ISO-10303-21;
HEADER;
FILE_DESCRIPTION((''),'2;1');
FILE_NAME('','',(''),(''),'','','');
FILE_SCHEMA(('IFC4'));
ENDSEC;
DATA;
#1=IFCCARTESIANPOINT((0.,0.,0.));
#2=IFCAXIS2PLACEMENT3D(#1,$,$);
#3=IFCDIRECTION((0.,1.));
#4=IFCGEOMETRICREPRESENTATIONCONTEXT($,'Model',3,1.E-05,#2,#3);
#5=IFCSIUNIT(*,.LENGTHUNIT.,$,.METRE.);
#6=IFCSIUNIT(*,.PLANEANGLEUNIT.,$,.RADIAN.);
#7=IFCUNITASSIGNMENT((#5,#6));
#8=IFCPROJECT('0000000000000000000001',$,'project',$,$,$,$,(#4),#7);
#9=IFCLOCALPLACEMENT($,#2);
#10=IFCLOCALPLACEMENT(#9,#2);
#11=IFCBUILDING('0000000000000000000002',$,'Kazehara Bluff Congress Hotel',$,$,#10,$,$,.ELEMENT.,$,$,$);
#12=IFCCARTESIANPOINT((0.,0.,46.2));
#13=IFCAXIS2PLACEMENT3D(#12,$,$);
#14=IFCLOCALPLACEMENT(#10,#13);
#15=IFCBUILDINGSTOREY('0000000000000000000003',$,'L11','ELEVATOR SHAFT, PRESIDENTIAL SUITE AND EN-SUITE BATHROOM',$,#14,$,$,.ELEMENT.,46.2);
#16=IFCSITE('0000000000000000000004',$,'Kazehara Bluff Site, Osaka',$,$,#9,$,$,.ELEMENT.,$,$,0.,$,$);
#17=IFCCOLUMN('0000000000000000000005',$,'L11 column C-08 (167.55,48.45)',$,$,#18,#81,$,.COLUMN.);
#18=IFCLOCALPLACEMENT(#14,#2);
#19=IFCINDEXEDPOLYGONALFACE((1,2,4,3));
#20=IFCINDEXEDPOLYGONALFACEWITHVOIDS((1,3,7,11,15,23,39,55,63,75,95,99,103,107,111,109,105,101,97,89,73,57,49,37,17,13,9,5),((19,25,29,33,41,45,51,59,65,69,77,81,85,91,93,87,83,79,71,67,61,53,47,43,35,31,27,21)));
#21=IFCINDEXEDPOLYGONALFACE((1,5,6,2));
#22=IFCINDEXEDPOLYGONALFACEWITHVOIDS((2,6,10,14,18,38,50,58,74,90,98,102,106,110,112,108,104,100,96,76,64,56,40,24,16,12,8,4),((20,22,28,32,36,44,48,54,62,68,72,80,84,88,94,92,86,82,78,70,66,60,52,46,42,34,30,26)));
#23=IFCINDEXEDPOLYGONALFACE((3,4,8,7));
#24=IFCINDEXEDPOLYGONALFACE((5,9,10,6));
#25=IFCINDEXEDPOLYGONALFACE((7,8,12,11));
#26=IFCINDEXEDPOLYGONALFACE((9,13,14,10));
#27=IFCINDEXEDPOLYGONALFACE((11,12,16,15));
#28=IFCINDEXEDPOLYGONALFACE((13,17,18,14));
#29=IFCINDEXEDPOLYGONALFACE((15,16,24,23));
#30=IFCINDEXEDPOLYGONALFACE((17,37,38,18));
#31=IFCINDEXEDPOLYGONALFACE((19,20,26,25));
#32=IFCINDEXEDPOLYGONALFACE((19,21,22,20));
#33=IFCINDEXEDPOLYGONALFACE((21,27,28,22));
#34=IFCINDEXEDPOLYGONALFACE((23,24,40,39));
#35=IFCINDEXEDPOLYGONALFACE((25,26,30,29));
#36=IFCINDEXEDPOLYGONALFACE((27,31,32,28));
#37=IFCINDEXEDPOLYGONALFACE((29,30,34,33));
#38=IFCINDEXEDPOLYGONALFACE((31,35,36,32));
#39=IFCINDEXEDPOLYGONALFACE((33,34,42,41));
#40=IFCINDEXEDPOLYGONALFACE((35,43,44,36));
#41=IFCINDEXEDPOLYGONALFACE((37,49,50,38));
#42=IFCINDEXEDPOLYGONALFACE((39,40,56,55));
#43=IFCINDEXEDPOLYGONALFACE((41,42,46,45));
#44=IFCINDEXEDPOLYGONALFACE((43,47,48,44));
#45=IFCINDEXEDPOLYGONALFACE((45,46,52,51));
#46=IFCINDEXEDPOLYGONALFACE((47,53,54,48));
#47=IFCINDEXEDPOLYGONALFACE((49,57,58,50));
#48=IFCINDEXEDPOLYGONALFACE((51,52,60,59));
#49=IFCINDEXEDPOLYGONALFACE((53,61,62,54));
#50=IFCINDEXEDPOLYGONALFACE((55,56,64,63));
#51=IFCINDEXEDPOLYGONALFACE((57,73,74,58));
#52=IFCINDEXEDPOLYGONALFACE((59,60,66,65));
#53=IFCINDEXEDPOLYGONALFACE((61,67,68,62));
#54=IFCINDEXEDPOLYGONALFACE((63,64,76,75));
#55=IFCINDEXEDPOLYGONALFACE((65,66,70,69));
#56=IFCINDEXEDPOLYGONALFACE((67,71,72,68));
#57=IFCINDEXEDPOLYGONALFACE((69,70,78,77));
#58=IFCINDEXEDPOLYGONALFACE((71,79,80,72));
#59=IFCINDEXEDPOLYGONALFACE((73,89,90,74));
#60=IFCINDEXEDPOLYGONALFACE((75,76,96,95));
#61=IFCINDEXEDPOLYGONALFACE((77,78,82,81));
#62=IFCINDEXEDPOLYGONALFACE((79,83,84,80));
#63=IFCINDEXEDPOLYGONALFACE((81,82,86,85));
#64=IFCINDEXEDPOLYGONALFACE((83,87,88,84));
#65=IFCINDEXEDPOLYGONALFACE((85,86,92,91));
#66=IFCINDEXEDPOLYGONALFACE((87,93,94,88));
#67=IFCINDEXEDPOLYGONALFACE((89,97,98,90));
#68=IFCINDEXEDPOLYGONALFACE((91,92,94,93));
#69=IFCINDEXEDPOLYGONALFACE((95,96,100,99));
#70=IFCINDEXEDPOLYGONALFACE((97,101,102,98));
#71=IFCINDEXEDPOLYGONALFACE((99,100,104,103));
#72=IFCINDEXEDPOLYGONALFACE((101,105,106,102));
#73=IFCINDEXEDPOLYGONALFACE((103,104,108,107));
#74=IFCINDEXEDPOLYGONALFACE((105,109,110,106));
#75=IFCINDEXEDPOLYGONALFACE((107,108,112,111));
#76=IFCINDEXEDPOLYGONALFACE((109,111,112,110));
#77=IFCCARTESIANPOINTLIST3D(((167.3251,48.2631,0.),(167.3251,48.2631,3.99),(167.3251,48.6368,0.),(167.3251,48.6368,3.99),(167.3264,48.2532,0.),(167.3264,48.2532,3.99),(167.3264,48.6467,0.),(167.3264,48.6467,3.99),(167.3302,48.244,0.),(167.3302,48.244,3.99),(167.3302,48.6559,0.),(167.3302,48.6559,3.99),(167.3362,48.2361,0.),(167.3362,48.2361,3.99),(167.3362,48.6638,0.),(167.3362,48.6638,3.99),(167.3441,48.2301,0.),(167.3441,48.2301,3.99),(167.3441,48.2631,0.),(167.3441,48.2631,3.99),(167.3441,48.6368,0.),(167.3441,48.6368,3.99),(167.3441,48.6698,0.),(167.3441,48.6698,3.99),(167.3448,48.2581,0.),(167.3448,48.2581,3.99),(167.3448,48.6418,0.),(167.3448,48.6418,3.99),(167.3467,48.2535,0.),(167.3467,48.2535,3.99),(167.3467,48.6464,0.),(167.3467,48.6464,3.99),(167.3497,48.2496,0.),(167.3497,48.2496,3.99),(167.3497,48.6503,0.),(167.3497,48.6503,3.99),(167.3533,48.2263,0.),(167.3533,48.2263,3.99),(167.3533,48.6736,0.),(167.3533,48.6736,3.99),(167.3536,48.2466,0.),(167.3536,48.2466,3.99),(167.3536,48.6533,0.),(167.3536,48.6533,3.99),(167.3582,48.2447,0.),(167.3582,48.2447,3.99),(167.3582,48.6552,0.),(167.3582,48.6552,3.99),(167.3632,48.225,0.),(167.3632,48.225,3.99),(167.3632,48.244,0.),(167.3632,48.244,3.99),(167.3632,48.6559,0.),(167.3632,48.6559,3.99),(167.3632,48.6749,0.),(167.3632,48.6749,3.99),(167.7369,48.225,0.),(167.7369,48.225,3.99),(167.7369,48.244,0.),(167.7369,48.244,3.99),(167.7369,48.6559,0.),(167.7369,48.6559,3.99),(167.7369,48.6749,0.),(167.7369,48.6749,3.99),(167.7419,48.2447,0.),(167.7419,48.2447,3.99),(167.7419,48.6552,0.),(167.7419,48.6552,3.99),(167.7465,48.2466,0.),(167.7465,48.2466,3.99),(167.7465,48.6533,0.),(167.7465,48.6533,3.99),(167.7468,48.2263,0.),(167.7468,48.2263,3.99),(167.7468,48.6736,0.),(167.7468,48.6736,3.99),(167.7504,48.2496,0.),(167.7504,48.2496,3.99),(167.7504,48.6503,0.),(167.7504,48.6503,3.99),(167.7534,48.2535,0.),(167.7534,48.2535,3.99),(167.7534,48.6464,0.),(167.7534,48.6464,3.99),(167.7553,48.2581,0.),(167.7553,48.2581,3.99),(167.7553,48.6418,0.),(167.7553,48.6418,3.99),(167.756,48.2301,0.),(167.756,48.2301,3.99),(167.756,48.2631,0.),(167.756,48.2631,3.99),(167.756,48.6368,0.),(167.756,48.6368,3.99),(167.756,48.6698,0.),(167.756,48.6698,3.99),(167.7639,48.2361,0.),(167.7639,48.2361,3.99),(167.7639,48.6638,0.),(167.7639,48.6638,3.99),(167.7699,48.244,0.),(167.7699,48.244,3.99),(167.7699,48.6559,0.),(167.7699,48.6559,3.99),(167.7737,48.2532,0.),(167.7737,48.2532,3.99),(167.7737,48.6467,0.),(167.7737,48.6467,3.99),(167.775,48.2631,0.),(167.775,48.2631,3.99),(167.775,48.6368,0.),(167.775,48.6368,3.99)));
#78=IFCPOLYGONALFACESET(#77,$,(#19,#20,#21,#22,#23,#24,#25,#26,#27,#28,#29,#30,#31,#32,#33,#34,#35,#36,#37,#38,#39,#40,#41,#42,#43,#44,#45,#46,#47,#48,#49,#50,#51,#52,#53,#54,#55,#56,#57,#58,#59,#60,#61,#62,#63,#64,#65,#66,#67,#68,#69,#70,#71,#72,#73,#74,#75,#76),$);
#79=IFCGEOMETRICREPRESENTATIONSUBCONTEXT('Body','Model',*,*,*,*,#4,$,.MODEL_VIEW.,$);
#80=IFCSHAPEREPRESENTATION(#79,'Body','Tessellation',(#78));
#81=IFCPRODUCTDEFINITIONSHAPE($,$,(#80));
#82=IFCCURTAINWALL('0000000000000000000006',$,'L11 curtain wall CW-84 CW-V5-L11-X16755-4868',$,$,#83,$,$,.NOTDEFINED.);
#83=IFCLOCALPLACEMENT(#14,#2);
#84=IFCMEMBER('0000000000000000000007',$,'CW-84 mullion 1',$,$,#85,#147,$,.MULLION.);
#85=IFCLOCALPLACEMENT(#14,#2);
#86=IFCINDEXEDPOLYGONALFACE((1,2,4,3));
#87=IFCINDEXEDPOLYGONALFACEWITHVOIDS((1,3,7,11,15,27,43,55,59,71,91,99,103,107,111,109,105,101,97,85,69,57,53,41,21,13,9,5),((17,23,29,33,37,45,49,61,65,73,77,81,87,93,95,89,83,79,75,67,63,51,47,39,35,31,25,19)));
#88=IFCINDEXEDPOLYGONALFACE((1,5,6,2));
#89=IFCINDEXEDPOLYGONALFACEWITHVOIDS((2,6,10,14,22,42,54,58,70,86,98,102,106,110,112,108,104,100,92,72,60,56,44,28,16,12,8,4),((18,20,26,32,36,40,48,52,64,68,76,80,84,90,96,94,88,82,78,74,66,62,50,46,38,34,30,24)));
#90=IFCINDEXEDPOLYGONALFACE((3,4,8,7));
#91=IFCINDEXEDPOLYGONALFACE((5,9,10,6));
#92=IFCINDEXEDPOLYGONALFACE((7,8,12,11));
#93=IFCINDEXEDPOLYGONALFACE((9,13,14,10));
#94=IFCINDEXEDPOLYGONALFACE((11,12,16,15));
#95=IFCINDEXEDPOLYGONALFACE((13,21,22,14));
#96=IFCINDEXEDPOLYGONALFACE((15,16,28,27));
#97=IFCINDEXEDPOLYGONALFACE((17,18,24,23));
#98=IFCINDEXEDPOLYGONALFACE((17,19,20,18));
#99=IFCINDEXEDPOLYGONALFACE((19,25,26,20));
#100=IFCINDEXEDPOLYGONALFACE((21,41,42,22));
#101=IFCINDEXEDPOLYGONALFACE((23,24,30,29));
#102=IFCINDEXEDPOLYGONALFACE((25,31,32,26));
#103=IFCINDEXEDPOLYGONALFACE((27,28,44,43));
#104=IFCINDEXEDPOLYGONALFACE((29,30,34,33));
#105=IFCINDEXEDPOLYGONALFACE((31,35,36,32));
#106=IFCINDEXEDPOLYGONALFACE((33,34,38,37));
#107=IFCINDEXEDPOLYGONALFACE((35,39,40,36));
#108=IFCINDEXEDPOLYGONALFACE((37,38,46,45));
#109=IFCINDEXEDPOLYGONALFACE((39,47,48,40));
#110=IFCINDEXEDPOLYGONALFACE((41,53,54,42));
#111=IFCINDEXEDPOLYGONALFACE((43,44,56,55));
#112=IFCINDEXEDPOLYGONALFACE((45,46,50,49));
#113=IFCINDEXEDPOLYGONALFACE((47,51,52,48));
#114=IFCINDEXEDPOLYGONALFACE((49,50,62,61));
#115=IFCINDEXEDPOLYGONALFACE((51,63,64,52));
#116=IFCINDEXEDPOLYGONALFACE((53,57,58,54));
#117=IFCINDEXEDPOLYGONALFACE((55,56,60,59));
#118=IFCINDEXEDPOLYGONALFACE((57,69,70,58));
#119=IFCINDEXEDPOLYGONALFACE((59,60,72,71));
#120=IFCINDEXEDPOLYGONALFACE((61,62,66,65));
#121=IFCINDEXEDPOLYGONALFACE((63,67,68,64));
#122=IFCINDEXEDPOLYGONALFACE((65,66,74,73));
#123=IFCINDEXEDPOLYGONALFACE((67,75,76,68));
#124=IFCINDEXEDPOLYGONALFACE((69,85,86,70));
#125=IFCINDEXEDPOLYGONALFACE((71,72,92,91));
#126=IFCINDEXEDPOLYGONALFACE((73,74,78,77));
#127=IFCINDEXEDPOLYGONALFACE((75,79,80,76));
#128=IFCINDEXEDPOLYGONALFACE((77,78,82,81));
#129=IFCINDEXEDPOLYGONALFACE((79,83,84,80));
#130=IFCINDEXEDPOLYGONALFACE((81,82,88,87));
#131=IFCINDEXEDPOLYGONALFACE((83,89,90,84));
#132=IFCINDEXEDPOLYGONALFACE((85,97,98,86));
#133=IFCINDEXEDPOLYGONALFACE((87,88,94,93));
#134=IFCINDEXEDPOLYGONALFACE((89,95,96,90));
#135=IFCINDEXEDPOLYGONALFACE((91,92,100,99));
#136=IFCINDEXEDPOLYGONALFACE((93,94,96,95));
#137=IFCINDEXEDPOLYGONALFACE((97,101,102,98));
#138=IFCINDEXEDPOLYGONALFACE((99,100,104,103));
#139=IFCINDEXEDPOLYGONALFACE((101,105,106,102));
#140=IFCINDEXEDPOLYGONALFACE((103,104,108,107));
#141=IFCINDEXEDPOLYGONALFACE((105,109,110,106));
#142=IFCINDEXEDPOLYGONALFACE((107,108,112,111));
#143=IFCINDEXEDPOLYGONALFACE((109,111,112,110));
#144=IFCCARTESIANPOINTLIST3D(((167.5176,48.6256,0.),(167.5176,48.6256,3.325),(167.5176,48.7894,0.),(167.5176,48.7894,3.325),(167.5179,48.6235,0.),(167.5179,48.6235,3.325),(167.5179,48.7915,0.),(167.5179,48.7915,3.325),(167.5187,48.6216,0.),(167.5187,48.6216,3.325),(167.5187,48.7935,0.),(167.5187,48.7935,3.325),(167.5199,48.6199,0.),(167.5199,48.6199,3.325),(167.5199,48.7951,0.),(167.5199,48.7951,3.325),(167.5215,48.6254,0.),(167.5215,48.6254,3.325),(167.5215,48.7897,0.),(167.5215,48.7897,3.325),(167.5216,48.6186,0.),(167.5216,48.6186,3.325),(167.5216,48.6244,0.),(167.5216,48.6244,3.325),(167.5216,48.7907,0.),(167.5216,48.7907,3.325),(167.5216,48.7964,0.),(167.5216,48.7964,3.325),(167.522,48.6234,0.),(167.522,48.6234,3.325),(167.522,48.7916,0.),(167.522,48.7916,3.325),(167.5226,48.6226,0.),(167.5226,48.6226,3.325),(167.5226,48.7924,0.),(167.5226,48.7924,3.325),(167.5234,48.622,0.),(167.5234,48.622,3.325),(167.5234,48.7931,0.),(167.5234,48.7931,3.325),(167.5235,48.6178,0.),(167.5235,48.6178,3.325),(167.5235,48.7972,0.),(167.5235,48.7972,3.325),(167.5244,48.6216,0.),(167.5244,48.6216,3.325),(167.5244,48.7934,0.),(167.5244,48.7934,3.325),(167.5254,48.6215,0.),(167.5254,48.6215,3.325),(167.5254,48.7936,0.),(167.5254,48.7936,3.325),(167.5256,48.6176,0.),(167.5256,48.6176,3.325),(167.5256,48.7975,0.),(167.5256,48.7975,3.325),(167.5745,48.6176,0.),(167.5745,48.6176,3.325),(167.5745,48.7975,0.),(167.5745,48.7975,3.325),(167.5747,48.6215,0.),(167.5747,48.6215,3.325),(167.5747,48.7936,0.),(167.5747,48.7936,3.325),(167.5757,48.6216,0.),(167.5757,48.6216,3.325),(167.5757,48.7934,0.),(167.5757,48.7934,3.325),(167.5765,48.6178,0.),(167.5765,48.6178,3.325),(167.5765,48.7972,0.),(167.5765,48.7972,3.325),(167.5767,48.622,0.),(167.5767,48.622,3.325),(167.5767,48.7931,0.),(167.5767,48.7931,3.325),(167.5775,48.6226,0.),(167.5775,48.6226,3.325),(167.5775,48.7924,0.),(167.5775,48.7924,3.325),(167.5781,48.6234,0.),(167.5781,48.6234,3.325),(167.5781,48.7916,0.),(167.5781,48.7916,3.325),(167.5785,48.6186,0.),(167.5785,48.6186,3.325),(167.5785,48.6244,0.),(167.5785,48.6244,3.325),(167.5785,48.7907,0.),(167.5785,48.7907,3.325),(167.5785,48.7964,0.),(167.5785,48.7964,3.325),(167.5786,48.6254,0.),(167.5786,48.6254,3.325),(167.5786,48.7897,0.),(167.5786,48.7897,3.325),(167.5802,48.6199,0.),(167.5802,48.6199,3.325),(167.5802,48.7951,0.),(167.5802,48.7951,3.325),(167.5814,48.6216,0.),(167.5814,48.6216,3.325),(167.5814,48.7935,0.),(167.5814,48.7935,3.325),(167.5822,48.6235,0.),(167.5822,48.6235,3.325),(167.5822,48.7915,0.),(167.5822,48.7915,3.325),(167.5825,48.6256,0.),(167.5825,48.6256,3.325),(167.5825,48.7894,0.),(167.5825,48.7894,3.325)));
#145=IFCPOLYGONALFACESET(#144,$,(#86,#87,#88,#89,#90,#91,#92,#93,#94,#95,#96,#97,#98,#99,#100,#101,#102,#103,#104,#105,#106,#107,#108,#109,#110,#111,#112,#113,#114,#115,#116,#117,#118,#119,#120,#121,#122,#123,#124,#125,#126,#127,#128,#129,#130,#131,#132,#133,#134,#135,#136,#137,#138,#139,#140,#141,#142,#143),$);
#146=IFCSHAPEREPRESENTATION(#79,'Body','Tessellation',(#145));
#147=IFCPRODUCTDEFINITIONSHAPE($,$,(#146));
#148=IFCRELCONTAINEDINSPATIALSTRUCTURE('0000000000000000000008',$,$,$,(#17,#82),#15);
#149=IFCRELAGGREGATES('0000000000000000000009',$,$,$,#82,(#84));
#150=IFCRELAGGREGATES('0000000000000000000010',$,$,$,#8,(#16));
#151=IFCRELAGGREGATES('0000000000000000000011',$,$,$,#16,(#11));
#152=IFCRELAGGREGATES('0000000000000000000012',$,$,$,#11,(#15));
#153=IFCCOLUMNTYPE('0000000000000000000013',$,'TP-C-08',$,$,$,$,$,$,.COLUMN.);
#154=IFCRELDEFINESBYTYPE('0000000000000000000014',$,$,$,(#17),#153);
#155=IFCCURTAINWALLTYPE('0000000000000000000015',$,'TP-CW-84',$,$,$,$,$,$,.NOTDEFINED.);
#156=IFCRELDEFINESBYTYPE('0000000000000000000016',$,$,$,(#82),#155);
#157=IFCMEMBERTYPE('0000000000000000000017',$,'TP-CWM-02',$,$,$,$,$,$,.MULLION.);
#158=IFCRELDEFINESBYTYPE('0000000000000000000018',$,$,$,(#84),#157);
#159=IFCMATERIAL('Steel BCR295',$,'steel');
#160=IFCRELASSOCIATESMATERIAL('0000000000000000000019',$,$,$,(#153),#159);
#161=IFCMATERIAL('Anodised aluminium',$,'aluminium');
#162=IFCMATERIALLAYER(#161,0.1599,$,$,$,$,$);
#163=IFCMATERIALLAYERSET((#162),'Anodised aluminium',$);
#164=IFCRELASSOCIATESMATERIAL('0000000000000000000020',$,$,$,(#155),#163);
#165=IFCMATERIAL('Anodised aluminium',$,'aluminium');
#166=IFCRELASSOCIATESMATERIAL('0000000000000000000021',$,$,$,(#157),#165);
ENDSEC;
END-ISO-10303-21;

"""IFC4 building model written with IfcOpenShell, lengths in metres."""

from ifc_helpers import new_model, si_unit, direction, frame, origin, origin_2d, place, context, subcontext, project, spatial, hollow_rectangle, extrude, material, layer, layer_set, material_profile, profile_set, type_object, element, aggregate, save


model = new_model("IFC4")

# Units and contexts
model_context = context("Model", 3, precision=1e-05, world=origin(), true_north=direction((0.0, 1.0)))
body_context = subcontext(model_context, "Body", "Model", "MODEL_VIEW")
ifc_project = project(units=[si_unit("LENGTHUNIT", "METRE"), si_unit("PLANEANGLEUNIT", "RADIAN")], contexts=[model_context])

# Site, building, storey
site_placement = place(None, origin())
site = spatial("IfcSite", under=ifc_project, at=site_placement, Name="Kazehara Bluff Site, Osaka", CompositionType="ELEMENT", RefElevation=0.0)
building_placement = place(site_placement, origin())
building = spatial("IfcBuilding", under=site, at=building_placement, Name="Kazehara Bluff Congress Hotel", CompositionType="ELEMENT")
storey_placement = place(building_placement, frame((0.0, 0.0, 46.2)))
storey = spatial("IfcBuildingStorey", under=building, at=storey_placement, Name="L11", Description="ELEVATOR SHAFT, PRESIDENTIAL SUITE AND EN-SUITE BATHROOM", CompositionType="ELEMENT", Elevation=46.2)

# Column
ifc_material_1 = material(Name="Steel BCR295", Category="steel")
ifc_material_profile_1 = material_profile(ifc_material_1, hollow_rectangle(XDim=0.45, YDim=0.45, WallThickness=0.019, InnerFilletRadius=0.019, OuterFilletRadius=0.0381, at=origin_2d()))
ifc_profile_set_1 = profile_set([ifc_material_profile_1], Name="Steel BCR295")
column_type = type_object("IfcColumnType", Name="TP-C-08", PredefinedType="COLUMN", material=ifc_profile_set_1)
column_placement = place(storey_placement, frame((167.55, 48.45, 0.0), z_axis=(0.0, 0.0, 1.0), x_axis=(1.0, 0.0, 0.0)))
element("IfcColumn", 1, at=column_placement, inside=storey, type_object=column_type, Name="L11 column C-08 (167.55,48.45)", PredefinedType="COLUMN", context=body_context, shape_type="SweptSolid", body=[
    extrude(hollow_rectangle(XDim=0.45, YDim=0.45, WallThickness=0.019, InnerFilletRadius=0.019, OuterFilletRadius=0.0381, at=origin_2d()), origin(), (0.0, 0.0, 1.0), 3.99),
])

# Curtain wall, member
ifc_material_2 = material(Name="Anodised aluminium", Category="aluminium")
ifc_layer_1 = layer(ifc_material_2, 0.1599)
ifc_layer_set_1 = layer_set([ifc_layer_1], Name="Anodised aluminium")
curtain_wall_type = type_object("IfcCurtainWallType", Name="TP-CW-84", PredefinedType="NOTDEFINED", material=ifc_layer_set_1)
curtain_wall_placement = place(storey_placement, origin())
curtain_wall = element("IfcCurtainWall", 2, at=curtain_wall_placement, inside=storey, type_object=curtain_wall_type, Name="L11 curtain wall CW-84 CW-V5-L11-X16755-4868", PredefinedType="NOTDEFINED")
ifc_material_3 = material(Name="Anodised aluminium", Category="aluminium")
ifc_material_profile_2 = material_profile(ifc_material_3, hollow_rectangle(XDim=0.0649, YDim=0.1799, WallThickness=0.0039, InnerFilletRadius=0.0039, OuterFilletRadius=0.0081, at=origin_2d()))
ifc_profile_set_2 = profile_set([ifc_material_profile_2], Name="Anodised aluminium")
member_type_1 = type_object("IfcMemberType", Name="TP-CWM-02", PredefinedType="MULLION", material=ifc_profile_set_2)
member_1_placement = place(storey_placement, frame((167.55, 48.7075, 0.0), z_axis=(0.0, 0.0, 1.0), x_axis=(-1.0, 0.0, 0.0)))
member_1 = element("IfcMember", 3, at=member_1_placement, type_object=member_type_1, Name="CW-84 mullion 1", PredefinedType="MULLION", context=body_context, shape_type="SweptSolid", body=[
    extrude(hollow_rectangle(XDim=0.0649, YDim=0.1799, WallThickness=0.0039, InnerFilletRadius=0.0039, OuterFilletRadius=0.0081, at=origin_2d()), origin(), (0.0, 0.0, 1.0), 3.325),
])

aggregate(curtain_wall, [member_1])

save(model, "model.ifc")
